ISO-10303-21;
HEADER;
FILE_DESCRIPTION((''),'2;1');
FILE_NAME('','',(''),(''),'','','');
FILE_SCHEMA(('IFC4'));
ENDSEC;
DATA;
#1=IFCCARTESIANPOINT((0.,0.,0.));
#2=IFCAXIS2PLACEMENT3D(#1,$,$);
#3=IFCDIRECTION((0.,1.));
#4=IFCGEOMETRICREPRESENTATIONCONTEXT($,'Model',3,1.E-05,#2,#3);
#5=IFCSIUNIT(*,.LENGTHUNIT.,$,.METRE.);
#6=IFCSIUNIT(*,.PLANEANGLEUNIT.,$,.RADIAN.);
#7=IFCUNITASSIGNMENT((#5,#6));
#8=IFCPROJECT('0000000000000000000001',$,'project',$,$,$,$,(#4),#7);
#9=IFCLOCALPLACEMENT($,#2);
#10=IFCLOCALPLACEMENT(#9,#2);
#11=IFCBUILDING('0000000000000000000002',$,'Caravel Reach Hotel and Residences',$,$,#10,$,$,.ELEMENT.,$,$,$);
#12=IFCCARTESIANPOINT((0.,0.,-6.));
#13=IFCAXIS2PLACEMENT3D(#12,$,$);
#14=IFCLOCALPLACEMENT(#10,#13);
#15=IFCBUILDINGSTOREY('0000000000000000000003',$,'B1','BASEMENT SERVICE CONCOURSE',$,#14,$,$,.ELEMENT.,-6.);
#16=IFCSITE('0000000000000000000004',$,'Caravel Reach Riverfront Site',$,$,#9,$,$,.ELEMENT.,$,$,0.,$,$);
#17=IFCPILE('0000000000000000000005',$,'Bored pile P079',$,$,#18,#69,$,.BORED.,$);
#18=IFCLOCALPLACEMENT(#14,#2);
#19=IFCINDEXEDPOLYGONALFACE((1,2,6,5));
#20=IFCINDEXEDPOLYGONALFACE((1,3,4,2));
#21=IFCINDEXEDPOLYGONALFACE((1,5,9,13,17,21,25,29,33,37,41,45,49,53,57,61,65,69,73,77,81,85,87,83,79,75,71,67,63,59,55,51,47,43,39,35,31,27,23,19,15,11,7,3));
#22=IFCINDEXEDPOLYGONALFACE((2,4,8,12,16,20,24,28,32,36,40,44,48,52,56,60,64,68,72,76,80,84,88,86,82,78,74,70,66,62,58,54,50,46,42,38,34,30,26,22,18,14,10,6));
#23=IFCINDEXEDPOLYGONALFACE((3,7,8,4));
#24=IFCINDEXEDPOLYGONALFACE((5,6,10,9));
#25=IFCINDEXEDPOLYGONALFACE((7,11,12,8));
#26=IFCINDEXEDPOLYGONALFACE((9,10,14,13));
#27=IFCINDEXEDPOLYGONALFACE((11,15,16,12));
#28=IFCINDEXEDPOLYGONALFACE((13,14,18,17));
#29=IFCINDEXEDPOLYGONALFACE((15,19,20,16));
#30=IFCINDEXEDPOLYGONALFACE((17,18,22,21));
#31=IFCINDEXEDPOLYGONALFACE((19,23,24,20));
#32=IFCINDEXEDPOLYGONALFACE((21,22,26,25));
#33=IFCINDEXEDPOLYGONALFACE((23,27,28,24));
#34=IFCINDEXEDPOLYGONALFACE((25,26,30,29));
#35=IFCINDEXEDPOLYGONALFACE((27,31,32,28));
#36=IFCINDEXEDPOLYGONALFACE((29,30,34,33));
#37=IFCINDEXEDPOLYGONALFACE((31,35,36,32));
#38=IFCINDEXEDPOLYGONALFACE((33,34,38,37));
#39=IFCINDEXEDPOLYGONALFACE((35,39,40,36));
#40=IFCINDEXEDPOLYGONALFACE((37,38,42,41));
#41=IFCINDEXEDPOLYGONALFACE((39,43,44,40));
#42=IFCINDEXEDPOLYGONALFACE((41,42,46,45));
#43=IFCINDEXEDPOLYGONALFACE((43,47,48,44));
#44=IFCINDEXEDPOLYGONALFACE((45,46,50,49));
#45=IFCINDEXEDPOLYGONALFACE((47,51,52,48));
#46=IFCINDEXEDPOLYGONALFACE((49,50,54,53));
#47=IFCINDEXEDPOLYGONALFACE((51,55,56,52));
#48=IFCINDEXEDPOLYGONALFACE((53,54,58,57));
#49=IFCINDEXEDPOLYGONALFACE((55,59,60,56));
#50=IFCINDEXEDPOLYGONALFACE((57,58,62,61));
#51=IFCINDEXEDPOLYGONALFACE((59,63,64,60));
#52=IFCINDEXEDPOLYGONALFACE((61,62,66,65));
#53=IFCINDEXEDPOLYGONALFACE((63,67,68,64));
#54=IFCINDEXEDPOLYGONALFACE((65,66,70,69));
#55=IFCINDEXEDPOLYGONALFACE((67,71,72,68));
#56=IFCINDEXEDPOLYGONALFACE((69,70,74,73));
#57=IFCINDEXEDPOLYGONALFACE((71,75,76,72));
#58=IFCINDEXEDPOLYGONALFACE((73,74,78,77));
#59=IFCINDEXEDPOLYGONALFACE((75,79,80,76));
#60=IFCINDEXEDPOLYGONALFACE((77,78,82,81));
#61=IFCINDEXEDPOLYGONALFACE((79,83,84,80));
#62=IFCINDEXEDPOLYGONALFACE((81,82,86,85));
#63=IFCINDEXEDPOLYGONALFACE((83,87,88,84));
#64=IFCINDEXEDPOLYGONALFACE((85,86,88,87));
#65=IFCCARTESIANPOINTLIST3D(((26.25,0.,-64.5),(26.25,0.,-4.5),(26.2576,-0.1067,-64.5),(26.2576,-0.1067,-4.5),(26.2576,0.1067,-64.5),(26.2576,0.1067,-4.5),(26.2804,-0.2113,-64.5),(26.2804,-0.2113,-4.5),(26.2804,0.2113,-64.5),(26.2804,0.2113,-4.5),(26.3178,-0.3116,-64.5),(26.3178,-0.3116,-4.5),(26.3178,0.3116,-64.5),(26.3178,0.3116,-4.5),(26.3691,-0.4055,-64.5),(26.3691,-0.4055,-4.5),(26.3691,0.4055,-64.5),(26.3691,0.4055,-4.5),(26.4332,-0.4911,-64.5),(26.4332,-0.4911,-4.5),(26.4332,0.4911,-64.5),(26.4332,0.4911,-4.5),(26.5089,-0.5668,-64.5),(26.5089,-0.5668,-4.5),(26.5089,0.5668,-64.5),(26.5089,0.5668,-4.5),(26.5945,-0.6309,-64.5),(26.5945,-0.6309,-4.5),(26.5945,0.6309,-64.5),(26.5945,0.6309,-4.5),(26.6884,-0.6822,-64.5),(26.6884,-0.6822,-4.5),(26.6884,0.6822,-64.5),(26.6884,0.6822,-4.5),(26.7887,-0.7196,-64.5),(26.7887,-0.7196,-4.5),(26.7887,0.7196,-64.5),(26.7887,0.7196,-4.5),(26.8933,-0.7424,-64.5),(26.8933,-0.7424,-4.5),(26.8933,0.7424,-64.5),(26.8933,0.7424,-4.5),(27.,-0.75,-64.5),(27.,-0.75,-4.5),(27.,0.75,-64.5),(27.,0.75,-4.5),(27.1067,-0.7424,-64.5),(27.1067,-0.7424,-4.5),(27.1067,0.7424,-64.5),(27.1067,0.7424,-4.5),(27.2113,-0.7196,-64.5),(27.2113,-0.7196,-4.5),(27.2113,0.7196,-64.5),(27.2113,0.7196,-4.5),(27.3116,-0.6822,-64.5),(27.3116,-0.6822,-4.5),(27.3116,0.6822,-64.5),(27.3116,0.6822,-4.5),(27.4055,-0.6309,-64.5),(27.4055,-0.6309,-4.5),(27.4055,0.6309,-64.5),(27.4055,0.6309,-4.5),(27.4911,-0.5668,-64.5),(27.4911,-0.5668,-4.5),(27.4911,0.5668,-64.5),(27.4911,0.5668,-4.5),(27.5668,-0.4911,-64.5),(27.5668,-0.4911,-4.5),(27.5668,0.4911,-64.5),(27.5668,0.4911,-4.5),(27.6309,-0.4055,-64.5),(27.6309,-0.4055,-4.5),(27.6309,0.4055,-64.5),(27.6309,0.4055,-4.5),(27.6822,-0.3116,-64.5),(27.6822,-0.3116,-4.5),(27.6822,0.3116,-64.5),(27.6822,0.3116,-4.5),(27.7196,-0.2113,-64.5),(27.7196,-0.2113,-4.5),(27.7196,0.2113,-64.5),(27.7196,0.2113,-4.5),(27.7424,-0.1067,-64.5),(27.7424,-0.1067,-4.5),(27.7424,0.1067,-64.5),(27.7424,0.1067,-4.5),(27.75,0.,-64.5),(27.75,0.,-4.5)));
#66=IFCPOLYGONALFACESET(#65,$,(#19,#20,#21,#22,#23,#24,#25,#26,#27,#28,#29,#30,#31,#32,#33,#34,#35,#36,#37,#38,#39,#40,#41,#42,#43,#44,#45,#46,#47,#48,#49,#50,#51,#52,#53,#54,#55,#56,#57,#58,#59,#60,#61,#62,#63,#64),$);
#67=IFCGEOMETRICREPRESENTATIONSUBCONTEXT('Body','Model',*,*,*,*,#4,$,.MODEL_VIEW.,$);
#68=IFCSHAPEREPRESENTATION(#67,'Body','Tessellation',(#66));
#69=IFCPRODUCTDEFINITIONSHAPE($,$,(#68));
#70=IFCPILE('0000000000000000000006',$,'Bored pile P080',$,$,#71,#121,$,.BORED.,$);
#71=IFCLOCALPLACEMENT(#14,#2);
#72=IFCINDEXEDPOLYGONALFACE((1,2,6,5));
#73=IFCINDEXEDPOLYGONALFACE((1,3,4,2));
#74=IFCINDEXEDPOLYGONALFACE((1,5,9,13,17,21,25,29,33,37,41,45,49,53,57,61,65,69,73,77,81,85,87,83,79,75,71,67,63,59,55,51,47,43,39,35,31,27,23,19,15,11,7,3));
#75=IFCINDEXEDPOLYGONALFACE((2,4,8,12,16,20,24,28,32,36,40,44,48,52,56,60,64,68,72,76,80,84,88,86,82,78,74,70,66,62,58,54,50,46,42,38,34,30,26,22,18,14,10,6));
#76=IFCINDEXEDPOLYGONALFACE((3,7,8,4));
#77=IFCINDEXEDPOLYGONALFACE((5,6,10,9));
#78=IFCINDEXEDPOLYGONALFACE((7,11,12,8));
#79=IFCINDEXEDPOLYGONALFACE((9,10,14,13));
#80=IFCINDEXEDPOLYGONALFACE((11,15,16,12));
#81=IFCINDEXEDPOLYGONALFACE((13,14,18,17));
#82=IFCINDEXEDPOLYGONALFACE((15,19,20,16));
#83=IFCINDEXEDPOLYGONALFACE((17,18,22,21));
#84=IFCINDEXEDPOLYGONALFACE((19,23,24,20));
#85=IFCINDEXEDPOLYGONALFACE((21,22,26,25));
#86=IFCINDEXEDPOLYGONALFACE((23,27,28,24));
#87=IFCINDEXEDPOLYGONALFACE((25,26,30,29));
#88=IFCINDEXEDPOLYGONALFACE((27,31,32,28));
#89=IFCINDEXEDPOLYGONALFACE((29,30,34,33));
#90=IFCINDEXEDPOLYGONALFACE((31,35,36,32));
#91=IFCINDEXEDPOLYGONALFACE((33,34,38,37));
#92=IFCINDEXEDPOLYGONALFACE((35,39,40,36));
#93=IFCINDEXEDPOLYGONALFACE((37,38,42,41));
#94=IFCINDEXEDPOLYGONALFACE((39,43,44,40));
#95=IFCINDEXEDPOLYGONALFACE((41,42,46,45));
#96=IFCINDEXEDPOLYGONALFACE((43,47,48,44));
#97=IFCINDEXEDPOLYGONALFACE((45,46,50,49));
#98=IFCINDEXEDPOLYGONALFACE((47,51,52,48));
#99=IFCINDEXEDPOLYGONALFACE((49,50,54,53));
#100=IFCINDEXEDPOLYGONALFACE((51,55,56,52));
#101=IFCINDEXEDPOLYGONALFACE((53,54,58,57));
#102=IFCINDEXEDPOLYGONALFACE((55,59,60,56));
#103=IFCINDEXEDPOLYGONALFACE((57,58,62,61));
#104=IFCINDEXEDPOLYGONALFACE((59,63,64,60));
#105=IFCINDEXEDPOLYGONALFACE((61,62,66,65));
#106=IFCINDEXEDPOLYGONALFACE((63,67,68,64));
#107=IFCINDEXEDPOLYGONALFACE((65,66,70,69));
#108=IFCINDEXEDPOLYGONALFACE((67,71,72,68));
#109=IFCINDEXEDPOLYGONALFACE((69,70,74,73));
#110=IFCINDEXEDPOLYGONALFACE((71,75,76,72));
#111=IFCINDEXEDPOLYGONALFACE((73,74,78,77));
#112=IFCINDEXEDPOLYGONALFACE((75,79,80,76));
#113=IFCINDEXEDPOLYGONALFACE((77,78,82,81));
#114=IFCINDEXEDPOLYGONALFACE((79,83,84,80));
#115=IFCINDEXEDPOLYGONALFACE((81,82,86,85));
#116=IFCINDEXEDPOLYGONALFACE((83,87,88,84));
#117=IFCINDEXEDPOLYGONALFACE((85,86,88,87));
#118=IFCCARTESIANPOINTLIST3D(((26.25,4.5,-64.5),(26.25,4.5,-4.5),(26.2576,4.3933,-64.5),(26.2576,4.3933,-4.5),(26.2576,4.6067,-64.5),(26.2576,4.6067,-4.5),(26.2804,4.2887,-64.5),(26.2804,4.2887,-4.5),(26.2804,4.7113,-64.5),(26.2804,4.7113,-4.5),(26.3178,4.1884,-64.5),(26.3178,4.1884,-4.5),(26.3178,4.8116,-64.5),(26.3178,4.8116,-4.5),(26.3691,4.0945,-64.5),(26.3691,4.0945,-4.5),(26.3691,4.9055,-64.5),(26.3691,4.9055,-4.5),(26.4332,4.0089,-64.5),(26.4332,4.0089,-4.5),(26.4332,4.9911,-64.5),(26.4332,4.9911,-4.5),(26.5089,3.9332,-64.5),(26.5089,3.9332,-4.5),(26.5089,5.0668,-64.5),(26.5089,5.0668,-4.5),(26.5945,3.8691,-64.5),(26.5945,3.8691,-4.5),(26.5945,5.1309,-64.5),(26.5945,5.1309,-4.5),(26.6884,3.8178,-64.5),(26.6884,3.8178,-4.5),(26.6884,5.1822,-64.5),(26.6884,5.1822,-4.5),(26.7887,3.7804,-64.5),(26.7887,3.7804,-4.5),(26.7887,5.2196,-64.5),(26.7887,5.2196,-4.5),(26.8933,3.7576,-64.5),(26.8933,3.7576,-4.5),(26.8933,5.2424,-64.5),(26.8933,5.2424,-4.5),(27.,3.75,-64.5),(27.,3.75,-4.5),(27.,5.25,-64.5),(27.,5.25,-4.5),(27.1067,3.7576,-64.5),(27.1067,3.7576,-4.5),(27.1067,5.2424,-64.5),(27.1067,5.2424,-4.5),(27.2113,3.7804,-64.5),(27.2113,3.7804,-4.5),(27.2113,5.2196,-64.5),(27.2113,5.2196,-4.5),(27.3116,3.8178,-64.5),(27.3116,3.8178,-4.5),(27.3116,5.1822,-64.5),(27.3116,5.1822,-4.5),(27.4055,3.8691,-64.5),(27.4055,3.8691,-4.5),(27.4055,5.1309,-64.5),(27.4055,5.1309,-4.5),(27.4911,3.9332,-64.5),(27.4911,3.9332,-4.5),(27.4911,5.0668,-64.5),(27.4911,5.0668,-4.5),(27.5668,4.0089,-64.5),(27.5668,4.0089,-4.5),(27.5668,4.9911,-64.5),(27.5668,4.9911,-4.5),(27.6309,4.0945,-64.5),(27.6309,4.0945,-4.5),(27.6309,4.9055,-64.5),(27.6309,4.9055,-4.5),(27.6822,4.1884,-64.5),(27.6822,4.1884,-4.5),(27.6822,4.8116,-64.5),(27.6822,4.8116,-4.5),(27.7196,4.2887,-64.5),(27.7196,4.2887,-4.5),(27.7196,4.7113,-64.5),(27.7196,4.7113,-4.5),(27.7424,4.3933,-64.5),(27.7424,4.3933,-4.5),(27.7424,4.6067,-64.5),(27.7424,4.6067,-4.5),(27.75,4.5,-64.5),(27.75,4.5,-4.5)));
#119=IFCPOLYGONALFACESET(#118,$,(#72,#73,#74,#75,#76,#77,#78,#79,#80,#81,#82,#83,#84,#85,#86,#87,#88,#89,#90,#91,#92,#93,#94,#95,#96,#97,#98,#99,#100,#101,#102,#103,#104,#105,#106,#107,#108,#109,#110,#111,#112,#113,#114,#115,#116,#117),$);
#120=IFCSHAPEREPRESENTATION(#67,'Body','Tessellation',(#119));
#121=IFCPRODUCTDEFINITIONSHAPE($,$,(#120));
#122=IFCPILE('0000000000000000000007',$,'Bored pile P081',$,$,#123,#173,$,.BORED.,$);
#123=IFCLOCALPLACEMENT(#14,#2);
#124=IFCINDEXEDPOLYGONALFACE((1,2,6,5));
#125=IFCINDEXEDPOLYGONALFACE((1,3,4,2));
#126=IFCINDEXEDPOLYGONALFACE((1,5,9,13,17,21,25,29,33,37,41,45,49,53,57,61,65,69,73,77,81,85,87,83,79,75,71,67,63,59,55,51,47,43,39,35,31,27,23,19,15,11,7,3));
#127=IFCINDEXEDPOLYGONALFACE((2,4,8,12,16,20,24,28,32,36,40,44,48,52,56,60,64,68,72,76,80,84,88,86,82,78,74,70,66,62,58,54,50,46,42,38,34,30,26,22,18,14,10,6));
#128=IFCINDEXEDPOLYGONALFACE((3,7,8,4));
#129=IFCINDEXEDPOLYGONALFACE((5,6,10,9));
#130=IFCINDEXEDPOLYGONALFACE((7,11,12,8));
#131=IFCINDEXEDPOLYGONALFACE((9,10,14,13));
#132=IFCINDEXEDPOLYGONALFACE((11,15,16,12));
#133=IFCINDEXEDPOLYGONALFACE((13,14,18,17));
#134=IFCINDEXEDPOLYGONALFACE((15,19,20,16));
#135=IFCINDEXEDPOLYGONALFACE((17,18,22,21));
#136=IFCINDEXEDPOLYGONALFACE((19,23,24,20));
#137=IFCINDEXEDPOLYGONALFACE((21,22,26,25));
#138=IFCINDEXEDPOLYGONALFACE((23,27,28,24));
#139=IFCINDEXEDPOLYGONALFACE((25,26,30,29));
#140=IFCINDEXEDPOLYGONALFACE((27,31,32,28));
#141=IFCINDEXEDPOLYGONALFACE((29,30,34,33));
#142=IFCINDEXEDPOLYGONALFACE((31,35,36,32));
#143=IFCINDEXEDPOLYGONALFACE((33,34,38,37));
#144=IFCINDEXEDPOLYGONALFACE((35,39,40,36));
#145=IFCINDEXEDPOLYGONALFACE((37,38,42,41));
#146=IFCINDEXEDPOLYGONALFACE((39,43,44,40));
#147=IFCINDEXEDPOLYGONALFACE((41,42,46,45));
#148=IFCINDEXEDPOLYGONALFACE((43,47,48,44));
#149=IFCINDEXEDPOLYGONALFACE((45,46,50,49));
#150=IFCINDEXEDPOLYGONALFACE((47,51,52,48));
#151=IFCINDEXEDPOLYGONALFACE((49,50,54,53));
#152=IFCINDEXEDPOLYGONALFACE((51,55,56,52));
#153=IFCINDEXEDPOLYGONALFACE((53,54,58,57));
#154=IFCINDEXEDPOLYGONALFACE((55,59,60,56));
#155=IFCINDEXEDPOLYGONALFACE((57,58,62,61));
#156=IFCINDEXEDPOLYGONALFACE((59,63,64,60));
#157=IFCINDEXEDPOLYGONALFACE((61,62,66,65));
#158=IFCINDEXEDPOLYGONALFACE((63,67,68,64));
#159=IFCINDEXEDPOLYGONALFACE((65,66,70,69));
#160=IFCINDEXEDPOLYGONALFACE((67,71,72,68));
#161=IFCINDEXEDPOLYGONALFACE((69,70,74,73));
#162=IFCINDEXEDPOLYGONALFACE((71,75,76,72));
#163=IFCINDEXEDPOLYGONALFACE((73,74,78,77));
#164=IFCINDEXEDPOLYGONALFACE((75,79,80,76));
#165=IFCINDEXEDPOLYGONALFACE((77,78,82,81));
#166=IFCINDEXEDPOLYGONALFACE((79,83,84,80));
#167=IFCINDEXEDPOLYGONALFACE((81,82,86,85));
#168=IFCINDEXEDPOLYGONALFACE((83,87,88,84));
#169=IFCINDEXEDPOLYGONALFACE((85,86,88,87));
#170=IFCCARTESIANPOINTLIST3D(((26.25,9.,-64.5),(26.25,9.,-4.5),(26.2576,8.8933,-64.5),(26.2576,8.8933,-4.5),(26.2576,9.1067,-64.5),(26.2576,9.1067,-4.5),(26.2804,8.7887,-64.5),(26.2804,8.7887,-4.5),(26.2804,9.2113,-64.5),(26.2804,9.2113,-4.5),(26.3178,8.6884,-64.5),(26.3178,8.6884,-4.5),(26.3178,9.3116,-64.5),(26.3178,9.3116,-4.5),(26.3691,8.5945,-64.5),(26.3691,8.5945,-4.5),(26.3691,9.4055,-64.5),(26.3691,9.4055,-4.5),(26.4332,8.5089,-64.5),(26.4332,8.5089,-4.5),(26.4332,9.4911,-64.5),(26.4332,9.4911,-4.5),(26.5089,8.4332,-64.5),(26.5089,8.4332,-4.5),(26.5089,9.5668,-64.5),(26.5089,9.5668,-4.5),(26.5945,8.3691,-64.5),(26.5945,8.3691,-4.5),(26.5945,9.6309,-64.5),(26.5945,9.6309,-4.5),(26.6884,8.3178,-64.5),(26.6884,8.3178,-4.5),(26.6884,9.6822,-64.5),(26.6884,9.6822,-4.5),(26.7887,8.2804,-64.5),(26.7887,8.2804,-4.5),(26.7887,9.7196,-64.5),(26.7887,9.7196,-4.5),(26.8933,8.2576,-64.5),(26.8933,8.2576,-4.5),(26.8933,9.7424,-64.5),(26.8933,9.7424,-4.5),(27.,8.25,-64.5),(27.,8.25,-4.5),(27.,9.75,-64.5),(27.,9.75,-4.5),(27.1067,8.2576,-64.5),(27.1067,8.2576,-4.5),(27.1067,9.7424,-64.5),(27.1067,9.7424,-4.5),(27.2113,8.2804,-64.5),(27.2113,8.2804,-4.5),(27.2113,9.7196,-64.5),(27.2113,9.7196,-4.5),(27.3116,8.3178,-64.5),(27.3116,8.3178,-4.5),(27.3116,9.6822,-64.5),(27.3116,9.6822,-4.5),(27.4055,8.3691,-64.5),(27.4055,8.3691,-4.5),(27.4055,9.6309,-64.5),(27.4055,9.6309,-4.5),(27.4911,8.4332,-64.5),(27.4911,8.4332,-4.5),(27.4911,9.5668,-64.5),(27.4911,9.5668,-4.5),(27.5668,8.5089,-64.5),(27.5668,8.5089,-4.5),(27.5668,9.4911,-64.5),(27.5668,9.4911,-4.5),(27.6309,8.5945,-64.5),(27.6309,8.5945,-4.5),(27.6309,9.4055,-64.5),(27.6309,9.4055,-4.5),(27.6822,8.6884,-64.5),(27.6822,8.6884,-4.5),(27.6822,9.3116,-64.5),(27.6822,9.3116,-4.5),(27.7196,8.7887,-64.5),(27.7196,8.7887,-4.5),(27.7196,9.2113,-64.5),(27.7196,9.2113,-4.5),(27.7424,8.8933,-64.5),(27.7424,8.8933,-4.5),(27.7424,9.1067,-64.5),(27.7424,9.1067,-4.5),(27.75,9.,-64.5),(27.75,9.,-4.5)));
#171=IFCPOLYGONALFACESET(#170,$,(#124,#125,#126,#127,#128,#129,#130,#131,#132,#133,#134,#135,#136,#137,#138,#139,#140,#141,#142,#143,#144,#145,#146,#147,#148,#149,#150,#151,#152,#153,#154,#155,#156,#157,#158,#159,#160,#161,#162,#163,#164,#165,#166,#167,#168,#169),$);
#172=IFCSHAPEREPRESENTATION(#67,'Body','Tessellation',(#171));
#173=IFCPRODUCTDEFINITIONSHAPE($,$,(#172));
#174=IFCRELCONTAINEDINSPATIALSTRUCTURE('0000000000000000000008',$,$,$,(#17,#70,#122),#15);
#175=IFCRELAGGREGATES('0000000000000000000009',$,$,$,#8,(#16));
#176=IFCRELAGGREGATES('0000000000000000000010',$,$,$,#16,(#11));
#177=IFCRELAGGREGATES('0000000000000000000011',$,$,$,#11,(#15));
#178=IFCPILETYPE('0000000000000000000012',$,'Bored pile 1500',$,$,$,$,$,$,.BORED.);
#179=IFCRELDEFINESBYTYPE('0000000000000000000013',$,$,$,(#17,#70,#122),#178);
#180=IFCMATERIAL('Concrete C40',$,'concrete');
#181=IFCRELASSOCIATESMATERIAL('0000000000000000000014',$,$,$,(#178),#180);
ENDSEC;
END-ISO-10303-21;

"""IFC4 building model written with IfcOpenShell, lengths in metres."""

from ifc_helpers import new_model, si_unit, direction, frame, origin, origin_2d, place, context, subcontext, project, spatial, circle, extrude, material, material_profile, profile_set, type_object, element, save


model = new_model("IFC4")

# Units and contexts
model_context = context("Model", 3, precision=1e-05, world=origin(), true_north=direction((0.0, 1.0)))
body_context = subcontext(model_context, "Body", "Model", "MODEL_VIEW")
ifc_project = project(units=[si_unit("LENGTHUNIT", "METRE"), si_unit("PLANEANGLEUNIT", "RADIAN")], contexts=[model_context])

# Site, building, storey
site_placement = place(None, origin())
site = spatial("IfcSite", under=ifc_project, at=site_placement, Name="Caravel Reach Riverfront Site", CompositionType="ELEMENT", RefElevation=0.0)
building_placement = place(site_placement, origin())
building = spatial("IfcBuilding", under=site, at=building_placement, Name="Caravel Reach Hotel and Residences", CompositionType="ELEMENT")
storey_placement = place(building_placement, frame((0.0, 0.0, -6.0)))
storey = spatial("IfcBuildingStorey", under=building, at=storey_placement, Name="B1", Description="BASEMENT SERVICE CONCOURSE", CompositionType="ELEMENT", Elevation=-6.0)

# Piles
ifc_material_1 = material(Name="Concrete C40", Category="concrete")
ifc_material_profile_1 = material_profile(ifc_material_1, circle(Radius=0.75, at=origin_2d()), Name="PILE 1500")
ifc_profile_set_1 = profile_set([ifc_material_profile_1], Name="Concrete C40")
pile_type = type_object("IfcPileType", Name="Bored pile 1500", PredefinedType="BORED", material=ifc_profile_set_1)
for number, where, z_axis, x_axis, name in (
    (1, (27.0, 0.0, -4.5), (0.0, 0.0, -1.0), (1.0, 0.0, 0.0), "Bored pile P079"),
    (2, (27.0, 4.5, -4.5), (0.0, 0.0, -1.0), (1.0, 0.0, 0.0), "Bored pile P080"),
    (3, (27.0, 9.0, -4.5), (0.0, 0.0, -1.0), (1.0, 0.0, 0.0), "Bored pile P081"),
):
    element("IfcPile", number, at=place(storey_placement, frame(where, z_axis=z_axis, x_axis=x_axis)), inside=storey, type_object=pile_type, Name=name, PredefinedType="BORED", context=body_context, shape_type="SweptSolid", body=[
        extrude(circle(Radius=0.75, at=origin_2d()), origin(), (0.0, 0.0, 1.0), 60.0),
    ])

save(model, "model.ifc")
